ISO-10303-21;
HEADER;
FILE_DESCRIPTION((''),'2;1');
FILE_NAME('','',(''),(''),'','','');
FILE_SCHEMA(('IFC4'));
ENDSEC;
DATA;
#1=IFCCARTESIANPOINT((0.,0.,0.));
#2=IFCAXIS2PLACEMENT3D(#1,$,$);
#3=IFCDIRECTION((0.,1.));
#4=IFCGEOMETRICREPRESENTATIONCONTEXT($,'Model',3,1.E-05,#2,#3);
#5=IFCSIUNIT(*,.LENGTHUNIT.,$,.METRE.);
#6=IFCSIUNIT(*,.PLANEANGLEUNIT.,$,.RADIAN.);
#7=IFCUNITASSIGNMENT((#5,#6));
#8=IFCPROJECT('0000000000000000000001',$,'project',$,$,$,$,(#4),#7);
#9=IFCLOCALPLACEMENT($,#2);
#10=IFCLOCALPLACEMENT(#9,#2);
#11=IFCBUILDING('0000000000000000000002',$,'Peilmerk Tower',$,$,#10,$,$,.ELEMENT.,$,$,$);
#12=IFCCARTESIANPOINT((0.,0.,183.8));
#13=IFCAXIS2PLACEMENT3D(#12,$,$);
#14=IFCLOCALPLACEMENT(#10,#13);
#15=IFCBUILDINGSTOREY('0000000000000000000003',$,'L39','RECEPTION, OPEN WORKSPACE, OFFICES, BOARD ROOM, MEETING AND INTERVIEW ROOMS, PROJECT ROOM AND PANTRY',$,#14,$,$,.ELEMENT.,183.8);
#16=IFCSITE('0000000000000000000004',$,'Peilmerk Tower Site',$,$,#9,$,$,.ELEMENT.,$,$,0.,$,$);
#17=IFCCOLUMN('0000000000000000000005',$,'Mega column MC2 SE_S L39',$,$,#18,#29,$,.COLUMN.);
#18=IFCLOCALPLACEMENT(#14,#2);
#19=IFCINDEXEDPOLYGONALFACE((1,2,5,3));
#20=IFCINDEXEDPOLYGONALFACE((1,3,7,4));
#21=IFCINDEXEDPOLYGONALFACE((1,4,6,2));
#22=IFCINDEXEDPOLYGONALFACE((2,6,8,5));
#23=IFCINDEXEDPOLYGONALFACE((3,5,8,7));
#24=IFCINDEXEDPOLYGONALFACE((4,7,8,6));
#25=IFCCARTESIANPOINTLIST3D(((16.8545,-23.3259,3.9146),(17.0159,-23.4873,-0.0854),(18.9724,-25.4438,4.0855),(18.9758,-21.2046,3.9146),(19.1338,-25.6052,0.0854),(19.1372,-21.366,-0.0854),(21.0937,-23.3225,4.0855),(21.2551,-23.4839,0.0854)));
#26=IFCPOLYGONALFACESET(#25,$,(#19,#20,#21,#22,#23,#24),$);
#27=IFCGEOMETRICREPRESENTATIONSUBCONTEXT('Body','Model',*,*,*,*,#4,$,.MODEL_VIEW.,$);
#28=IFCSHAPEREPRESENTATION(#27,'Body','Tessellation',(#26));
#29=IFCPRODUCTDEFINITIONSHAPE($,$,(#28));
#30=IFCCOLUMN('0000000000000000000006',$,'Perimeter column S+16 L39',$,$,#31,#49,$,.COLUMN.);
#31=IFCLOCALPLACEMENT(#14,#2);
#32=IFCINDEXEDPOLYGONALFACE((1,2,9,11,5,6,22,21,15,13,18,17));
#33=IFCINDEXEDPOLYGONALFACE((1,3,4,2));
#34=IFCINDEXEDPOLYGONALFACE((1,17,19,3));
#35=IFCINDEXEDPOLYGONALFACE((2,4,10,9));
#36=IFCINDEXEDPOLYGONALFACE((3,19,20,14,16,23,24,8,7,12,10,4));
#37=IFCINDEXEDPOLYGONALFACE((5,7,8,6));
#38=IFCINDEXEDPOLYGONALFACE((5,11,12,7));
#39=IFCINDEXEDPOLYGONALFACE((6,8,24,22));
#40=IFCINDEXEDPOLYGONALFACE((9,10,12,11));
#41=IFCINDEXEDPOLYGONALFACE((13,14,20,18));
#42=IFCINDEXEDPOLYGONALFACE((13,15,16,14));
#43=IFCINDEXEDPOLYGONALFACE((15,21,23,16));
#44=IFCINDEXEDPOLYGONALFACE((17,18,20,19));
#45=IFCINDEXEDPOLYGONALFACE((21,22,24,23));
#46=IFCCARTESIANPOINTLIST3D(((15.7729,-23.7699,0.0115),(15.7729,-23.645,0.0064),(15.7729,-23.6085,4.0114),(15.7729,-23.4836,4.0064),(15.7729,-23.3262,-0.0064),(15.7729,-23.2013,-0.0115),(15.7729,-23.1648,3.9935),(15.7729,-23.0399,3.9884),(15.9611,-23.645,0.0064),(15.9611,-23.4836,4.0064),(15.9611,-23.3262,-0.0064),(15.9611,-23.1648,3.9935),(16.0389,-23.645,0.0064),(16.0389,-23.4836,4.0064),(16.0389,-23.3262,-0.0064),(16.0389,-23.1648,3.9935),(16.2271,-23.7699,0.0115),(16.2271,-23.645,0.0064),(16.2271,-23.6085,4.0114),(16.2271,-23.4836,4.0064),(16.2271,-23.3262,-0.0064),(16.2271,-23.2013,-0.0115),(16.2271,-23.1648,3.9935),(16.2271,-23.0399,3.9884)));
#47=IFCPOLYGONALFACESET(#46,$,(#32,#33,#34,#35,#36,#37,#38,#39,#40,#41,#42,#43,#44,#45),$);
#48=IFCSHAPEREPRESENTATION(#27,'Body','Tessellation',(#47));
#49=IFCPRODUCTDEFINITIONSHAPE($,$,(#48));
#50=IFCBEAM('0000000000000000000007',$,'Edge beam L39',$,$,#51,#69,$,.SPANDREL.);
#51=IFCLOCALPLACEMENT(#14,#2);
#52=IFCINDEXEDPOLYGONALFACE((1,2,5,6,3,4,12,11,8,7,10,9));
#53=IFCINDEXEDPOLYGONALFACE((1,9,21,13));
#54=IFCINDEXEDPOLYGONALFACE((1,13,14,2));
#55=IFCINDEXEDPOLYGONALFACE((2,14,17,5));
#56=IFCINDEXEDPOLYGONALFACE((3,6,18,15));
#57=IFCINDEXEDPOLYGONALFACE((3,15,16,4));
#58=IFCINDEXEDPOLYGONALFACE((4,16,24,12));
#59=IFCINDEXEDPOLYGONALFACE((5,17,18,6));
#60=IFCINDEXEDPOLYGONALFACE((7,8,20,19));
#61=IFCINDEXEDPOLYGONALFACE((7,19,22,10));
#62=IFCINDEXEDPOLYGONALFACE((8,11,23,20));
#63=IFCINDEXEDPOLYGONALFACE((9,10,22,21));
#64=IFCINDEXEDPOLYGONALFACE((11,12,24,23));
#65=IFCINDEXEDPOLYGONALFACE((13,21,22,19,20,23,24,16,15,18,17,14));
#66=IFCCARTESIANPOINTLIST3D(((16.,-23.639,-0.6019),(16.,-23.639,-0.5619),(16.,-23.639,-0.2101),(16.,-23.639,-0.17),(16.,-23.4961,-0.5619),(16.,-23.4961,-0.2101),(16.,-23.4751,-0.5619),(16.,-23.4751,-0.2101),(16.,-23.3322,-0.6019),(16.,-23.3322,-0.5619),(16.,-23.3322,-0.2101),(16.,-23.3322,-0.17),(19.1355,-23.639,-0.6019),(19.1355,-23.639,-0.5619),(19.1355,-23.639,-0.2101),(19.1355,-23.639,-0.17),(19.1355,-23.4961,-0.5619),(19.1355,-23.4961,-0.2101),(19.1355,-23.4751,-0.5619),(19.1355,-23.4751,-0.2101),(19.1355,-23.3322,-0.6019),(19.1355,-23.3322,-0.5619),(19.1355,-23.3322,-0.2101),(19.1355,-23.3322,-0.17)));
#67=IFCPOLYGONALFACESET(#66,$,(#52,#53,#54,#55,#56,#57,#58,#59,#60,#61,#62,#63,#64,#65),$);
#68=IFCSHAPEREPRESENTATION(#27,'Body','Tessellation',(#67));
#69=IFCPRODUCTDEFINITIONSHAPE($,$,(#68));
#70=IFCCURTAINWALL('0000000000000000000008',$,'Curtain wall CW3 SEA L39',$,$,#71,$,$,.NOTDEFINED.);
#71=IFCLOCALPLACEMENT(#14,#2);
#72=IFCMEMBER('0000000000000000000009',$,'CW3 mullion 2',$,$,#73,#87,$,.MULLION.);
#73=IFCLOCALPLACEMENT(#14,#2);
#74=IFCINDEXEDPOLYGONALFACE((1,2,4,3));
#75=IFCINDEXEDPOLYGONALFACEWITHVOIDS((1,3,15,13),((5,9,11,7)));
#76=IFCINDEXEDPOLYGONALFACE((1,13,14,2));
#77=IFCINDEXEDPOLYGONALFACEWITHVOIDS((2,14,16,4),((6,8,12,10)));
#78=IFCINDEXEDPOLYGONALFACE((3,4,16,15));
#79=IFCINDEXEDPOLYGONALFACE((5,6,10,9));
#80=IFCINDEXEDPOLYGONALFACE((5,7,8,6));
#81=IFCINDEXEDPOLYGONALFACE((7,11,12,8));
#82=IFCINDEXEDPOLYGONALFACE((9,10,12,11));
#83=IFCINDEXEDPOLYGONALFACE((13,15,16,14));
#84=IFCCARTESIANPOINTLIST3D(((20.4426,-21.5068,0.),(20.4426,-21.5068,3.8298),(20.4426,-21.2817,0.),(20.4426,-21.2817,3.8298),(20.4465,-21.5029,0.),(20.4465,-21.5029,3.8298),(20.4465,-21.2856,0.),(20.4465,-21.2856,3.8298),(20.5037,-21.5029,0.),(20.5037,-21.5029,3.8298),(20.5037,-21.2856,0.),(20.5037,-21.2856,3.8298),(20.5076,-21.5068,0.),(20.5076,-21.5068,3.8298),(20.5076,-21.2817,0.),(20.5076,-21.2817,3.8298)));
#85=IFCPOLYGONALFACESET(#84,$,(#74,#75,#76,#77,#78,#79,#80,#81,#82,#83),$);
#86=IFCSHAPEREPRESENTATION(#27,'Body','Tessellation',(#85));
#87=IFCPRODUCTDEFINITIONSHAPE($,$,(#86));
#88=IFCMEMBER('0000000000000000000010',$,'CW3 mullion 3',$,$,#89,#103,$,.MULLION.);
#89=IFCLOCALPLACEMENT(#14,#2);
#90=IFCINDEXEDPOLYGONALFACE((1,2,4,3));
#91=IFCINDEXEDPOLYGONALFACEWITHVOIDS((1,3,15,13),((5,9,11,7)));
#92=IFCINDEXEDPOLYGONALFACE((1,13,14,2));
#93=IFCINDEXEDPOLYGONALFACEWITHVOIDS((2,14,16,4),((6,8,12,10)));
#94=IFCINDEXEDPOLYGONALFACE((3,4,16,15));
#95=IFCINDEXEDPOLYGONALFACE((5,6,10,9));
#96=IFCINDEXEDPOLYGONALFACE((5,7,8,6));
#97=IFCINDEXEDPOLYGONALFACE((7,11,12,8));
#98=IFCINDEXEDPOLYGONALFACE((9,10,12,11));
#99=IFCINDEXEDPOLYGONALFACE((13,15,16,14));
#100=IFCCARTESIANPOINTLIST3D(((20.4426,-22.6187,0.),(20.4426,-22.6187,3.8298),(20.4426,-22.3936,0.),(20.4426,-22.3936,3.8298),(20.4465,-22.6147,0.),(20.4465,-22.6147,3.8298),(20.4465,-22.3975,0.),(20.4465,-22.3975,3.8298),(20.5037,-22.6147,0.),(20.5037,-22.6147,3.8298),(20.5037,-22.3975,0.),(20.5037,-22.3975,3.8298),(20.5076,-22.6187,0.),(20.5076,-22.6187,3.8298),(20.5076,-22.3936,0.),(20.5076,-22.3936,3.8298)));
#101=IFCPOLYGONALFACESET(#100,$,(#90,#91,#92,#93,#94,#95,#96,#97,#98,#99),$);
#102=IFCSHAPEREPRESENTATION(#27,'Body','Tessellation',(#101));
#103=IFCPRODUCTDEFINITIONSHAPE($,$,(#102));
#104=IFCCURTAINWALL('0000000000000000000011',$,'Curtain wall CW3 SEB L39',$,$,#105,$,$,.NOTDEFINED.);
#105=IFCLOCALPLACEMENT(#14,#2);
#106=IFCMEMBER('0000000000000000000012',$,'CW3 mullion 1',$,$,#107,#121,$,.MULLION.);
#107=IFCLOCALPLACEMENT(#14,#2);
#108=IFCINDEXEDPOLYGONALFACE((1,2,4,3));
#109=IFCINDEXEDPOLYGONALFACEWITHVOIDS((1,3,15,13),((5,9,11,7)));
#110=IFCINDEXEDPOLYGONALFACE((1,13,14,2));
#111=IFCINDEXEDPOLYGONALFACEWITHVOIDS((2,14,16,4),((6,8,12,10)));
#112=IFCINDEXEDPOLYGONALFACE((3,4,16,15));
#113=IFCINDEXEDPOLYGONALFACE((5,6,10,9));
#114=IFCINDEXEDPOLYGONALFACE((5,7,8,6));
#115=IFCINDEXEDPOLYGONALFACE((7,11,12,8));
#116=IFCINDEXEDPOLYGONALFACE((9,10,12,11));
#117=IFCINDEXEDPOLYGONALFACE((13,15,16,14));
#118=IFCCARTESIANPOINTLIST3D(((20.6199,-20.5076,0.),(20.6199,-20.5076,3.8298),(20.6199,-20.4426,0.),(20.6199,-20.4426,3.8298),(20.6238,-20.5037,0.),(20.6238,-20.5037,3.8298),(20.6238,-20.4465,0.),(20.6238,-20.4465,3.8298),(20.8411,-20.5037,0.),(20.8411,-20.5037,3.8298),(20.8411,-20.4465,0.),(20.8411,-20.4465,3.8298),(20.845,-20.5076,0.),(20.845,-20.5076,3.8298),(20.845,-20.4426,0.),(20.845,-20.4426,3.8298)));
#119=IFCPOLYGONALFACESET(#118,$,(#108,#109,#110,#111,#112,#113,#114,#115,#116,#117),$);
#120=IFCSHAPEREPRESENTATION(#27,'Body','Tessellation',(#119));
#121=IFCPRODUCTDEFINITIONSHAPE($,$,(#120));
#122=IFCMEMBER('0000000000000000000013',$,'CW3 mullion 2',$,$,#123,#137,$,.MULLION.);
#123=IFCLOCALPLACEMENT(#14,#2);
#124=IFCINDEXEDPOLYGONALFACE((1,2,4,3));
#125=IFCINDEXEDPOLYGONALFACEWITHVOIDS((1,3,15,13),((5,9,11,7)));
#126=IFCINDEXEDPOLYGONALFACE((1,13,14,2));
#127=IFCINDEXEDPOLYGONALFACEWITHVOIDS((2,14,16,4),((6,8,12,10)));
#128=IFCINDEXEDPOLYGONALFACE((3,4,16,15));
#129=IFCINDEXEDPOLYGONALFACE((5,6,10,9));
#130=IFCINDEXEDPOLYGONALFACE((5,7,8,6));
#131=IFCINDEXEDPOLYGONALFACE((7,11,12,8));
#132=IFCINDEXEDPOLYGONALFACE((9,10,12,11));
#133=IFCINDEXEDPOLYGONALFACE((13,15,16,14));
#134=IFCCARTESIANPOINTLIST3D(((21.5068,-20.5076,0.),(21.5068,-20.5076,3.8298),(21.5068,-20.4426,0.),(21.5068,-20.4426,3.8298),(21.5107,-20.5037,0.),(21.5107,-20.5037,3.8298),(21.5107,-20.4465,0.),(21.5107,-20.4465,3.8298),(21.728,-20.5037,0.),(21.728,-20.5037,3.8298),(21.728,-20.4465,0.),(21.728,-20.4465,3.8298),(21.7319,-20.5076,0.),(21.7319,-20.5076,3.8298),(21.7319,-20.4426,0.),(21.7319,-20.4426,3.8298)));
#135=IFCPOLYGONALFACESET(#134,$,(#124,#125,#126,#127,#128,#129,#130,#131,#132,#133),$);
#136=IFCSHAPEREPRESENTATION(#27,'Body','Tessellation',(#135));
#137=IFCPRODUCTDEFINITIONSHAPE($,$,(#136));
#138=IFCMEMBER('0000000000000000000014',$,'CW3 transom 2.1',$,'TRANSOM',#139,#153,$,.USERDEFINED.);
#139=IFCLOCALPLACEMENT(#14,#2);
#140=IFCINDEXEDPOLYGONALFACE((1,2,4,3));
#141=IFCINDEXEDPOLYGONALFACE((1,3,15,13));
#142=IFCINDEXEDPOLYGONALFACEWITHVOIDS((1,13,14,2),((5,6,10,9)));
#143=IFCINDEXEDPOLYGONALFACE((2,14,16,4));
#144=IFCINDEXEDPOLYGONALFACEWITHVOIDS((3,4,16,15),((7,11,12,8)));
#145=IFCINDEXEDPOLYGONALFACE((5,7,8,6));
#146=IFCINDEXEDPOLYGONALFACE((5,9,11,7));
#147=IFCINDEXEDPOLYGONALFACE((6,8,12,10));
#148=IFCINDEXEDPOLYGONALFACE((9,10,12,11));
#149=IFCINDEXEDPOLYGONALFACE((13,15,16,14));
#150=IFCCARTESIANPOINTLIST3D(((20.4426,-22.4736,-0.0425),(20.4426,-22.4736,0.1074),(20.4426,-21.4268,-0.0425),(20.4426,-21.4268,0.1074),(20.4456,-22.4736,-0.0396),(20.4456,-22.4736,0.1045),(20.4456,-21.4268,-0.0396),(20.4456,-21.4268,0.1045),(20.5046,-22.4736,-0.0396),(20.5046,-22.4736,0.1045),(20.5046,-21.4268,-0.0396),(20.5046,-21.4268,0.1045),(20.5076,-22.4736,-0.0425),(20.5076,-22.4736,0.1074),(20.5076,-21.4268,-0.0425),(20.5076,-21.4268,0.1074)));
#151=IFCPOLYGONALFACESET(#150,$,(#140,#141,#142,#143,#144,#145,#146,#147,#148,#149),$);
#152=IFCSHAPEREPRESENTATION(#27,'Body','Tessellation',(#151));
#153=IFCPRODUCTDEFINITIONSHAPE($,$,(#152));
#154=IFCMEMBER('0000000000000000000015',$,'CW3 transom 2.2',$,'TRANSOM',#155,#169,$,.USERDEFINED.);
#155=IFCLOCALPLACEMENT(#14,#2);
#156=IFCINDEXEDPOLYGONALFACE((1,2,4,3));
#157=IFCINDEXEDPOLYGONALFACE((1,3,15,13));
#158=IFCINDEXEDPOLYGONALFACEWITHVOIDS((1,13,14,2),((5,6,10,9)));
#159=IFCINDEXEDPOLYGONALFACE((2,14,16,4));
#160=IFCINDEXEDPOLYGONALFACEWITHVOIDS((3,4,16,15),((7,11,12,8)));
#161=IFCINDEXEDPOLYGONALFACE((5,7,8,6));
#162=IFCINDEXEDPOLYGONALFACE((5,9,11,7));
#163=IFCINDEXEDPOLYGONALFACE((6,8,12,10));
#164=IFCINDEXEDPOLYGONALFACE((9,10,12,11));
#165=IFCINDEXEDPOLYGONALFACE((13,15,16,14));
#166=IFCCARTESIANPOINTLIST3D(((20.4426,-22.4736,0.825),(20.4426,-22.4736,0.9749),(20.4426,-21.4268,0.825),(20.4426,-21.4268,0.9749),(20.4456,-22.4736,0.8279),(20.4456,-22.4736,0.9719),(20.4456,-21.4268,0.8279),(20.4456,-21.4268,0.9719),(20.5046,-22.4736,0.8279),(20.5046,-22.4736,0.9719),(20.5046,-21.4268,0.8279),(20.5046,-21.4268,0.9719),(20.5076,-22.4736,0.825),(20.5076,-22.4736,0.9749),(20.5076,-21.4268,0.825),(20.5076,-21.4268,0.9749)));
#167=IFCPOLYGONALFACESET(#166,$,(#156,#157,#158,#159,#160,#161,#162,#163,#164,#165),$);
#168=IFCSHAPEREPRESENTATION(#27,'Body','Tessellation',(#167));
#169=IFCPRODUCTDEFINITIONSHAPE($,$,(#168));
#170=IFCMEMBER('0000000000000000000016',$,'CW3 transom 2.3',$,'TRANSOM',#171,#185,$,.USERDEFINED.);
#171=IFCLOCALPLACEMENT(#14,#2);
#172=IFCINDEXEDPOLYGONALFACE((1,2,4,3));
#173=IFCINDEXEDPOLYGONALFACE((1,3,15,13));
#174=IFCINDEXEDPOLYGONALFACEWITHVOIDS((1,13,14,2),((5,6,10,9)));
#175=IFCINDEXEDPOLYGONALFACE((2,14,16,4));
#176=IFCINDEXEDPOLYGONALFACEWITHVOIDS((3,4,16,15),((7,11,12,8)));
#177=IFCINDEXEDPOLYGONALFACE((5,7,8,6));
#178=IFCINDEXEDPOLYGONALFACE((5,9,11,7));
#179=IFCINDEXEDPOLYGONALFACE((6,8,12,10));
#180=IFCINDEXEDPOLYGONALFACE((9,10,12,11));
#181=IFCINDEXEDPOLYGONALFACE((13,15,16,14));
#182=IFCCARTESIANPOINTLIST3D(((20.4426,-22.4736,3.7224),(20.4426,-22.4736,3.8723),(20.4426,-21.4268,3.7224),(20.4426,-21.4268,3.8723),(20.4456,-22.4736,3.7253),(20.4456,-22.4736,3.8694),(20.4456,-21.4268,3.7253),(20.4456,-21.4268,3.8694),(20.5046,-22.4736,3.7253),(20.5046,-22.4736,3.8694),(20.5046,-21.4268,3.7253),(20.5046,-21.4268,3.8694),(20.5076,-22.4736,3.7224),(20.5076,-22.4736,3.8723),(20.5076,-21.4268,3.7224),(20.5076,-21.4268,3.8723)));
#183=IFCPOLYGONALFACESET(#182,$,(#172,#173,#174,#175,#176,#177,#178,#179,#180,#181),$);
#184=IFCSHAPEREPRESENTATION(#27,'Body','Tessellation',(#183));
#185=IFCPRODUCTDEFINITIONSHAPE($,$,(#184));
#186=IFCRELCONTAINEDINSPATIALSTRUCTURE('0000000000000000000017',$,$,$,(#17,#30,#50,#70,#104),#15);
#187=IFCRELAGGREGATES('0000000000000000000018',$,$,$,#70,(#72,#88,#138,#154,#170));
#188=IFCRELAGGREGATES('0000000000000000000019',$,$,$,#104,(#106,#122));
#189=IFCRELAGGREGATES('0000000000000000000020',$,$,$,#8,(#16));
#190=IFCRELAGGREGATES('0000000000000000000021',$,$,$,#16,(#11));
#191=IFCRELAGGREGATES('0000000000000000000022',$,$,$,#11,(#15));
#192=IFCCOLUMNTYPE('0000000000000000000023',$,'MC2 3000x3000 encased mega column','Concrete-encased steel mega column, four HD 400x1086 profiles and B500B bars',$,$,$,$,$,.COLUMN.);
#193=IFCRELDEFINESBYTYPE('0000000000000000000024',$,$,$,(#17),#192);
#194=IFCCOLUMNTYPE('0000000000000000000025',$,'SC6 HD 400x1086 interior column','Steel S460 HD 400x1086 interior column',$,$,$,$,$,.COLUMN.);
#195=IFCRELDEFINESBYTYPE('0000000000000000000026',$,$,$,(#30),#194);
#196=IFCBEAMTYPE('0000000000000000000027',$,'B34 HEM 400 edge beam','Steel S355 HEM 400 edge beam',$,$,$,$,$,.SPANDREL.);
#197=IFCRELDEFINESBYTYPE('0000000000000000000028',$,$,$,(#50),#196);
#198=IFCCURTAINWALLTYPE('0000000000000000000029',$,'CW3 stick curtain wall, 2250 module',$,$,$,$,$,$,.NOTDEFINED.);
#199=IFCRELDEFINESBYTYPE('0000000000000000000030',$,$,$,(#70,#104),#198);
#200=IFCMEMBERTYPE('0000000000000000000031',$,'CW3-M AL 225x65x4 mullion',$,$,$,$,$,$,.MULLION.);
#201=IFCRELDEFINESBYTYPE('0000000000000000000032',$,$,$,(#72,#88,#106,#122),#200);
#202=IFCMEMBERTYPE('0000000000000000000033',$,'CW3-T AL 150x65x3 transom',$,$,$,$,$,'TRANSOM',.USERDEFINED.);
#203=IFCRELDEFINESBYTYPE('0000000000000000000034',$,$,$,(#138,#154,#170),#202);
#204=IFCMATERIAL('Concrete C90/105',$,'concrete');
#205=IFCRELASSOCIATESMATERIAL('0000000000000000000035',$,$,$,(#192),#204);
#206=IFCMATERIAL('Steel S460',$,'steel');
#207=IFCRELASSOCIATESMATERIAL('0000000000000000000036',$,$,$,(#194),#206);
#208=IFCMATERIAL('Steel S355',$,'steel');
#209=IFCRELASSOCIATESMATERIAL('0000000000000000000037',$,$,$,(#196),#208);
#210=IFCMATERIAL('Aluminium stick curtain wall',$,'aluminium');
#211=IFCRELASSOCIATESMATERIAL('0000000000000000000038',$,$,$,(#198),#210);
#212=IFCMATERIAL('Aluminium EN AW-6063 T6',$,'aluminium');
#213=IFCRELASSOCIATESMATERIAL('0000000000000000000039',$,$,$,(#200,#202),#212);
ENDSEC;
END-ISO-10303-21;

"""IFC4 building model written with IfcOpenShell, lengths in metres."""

from ifc_helpers import new_model, si_unit, direction, frame, origin, origin_2d, place, context, subcontext, project, spatial, rectangle, hollow_rectangle, i_section, extrude, material, material_profile, profile_set, type_object, element, aggregate, save


model = new_model("IFC4")

# Units and contexts
model_context = context("Model", 3, precision=1e-05, world=origin(), true_north=direction((0.0, 1.0)))
body_context = subcontext(model_context, "Body", "Model", "MODEL_VIEW")
ifc_project = project(units=[si_unit("LENGTHUNIT", "METRE"), si_unit("PLANEANGLEUNIT", "RADIAN")], contexts=[model_context])

# Site, building, storey
site_placement = place(None, origin())
site = spatial("IfcSite", under=ifc_project, at=site_placement, Name="Peilmerk Tower Site", CompositionType="ELEMENT", RefElevation=0.0)
building_placement = place(site_placement, origin())
building = spatial("IfcBuilding", under=site, at=building_placement, Name="Peilmerk Tower", CompositionType="ELEMENT")
storey_placement = place(building_placement, frame((0.0, 0.0, 183.8)))
storey = spatial("IfcBuildingStorey", under=building, at=storey_placement, Name="L39", Description="RECEPTION, OPEN WORKSPACE, OFFICES, BOARD ROOM, MEETING AND INTERVIEW ROOMS, PROJECT ROOM AND PANTRY", CompositionType="ELEMENT", Elevation=183.8)

# Columns
ifc_material_1 = material(Name="Concrete C90/105", Category="concrete")
ifc_material_profile_1 = material_profile(ifc_material_1, rectangle(XDim=3.0, YDim=3.0, at=origin_2d()), Name="RC 3000x3000")
ifc_profile_set_1 = profile_set([ifc_material_profile_1], Name="Concrete C90/105")
column_type_1 = type_object("IfcColumnType", Name="MC2 3000x3000 encased mega column", Description="Concrete-encased steel mega column, four HD 400x1086 profiles and B500B bars", PredefinedType="COLUMN", material=ifc_profile_set_1)
column_1_placement = place(storey_placement, frame((19.1355, -23.4856, 0.0), z_axis=(-0.040279, 0.040279, 0.998376), x_axis=(-0.707107, -0.707107, 0.0)))
element("IfcColumn", 1, at=column_1_placement, inside=storey, type_object=column_type_1, Name="Mega column MC2 SE_S L39", PredefinedType="COLUMN", context=body_context, shape_type="SweptSolid", body=[
    extrude(rectangle(XDim=3.0, YDim=3.0, at=origin_2d()), origin(), (0.0, 0.0, 1.0), 4.0066),
])
ifc_material_2 = material(Name="Steel S460", Category="steel")
ifc_material_profile_2 = material_profile(ifc_material_2, i_section(OverallWidth=0.4541, OverallDepth=0.5691, WebThickness=0.0779, FlangeThickness=0.125, at=origin_2d()), Name="HD 400x1086")
ifc_profile_set_2 = profile_set([ifc_material_profile_2], Name="Steel S460")
column_type_2 = type_object("IfcColumnType", Name="SC6 HD 400x1086 interior column", Description="Steel S460 HD 400x1086 interior column", PredefinedType="COLUMN", material=ifc_profile_set_2)
column_2_placement = place(storey_placement, frame((16.0, -23.4856, 0.0), z_axis=(0.0, 0.040311, 0.999187), x_axis=(-1.0, 0.0, 0.0)))
element("IfcColumn", 2, at=column_2_placement, inside=storey, type_object=column_type_2, Name="Perimeter column S+16 L39", PredefinedType="COLUMN", context=body_context, shape_type="SweptSolid", body=[
    extrude(i_section(OverallWidth=0.4541, OverallDepth=0.5691, WebThickness=0.0779, FlangeThickness=0.125, at=origin_2d()), origin(), (0.0, 0.0, 1.0), 4.0032),
])

# Beam
ifc_material_3 = material(Name="Steel S355", Category="steel")
ifc_material_profile_3 = material_profile(ifc_material_3, i_section(OverallWidth=0.3069, OverallDepth=0.4319, WebThickness=0.021, FlangeThickness=0.04, at=origin_2d()), Name="HEM 400")
ifc_profile_set_3 = profile_set([ifc_material_profile_3], Name="Steel S355")
beam_type = type_object("IfcBeamType", Name="B34 HEM 400 edge beam", Description="Steel S355 HEM 400 edge beam", PredefinedType="SPANDREL", material=ifc_profile_set_3)
beam_placement = place(storey_placement, frame((16.0, -23.4856, -0.386), z_axis=(1.0, 0.0, 0.0), x_axis=(0.0, 1.0, 0.0)))
element("IfcBeam", 3, at=beam_placement, inside=storey, type_object=beam_type, Name="Edge beam L39", PredefinedType="SPANDREL", context=body_context, shape_type="SweptSolid", body=[
    extrude(i_section(OverallWidth=0.3069, OverallDepth=0.4319, WebThickness=0.021, FlangeThickness=0.04, at=origin_2d()), origin(), (0.0, 0.0, 1.0), 3.1355),
])

# Curtain walls, members
ifc_material_4 = material(Name="Aluminium stick curtain wall", Category="aluminium")
curtain_wall_type = type_object("IfcCurtainWallType", Name="CW3 stick curtain wall, 2250 module", PredefinedType="NOTDEFINED", material=ifc_material_4)
curtain_wall_1_placement = place(storey_placement, origin())
curtain_wall_1 = element("IfcCurtainWall", 4, at=curtain_wall_1_placement, inside=storey, type_object=curtain_wall_type, Name="Curtain wall CW3 SEA L39", PredefinedType="NOTDEFINED")
ifc_material_5 = material(Name="Aluminium EN AW-6063 T6", Category="aluminium")
ifc_material_profile_4 = material_profile(ifc_material_5, hollow_rectangle(XDim=0.0649, YDim=0.2251, WallThickness=0.0039, at=origin_2d()), Name="AL 225x65x4")
ifc_profile_set_4 = profile_set([ifc_material_profile_4], Name="Aluminium EN AW-6063 T6")
member_type_1 = type_object("IfcMemberType", Name="CW3-M AL 225x65x4 mullion", PredefinedType="MULLION", material=ifc_profile_set_4)
member_1_placement = place(storey_placement, frame((20.4751, -21.3943, 0.0), z_axis=(0.0, 0.0, 1.0), x_axis=(1.0, 0.0, 0.0)))
member_1 = element("IfcMember", 5, at=member_1_placement, type_object=member_type_1, Name="CW3 mullion 2", PredefinedType="MULLION", context=body_context, shape_type="SweptSolid", body=[
    extrude(hollow_rectangle(XDim=0.0649, YDim=0.2251, WallThickness=0.0039, at=origin_2d()), origin(), (0.0, 0.0, 1.0), 3.8298),
])
member_2_placement = place(storey_placement, frame((20.4751, -22.5061, 0.0), z_axis=(0.0, 0.0, 1.0), x_axis=(1.0, 0.0, 0.0)))
member_2 = element("IfcMember", 6, at=member_2_placement, type_object=member_type_1, Name="CW3 mullion 3", PredefinedType="MULLION", context=body_context, shape_type="SweptSolid", body=[
    extrude(hollow_rectangle(XDim=0.0649, YDim=0.2251, WallThickness=0.0039, at=origin_2d()), origin(), (0.0, 0.0, 1.0), 3.8298),
])
curtain_wall_2_placement = place(storey_placement, origin())
curtain_wall_2 = element("IfcCurtainWall", 7, at=curtain_wall_2_placement, inside=storey, type_object=curtain_wall_type, Name="Curtain wall CW3 SEB L39", PredefinedType="NOTDEFINED")
member_3_placement = place(storey_placement, frame((20.7324, -20.4751, 0.0), z_axis=(0.0, 0.0, 1.0), x_axis=(0.0, 1.0, 0.0)))
member_3 = element("IfcMember", 8, at=member_3_placement, type_object=member_type_1, Name="CW3 mullion 1", PredefinedType="MULLION", context=body_context, shape_type="SweptSolid", body=[
    extrude(hollow_rectangle(XDim=0.0649, YDim=0.2251, WallThickness=0.0039, at=origin_2d()), origin(), (0.0, 0.0, 1.0), 3.8298),
])
member_4_placement = place(storey_placement, frame((21.6194, -20.4751, 0.0), z_axis=(0.0, 0.0, 1.0), x_axis=(0.0, 1.0, 0.0)))
member_4 = element("IfcMember", 9, at=member_4_placement, type_object=member_type_1, Name="CW3 mullion 2", PredefinedType="MULLION", context=body_context, shape_type="SweptSolid", body=[
    extrude(hollow_rectangle(XDim=0.0649, YDim=0.2251, WallThickness=0.0039, at=origin_2d()), origin(), (0.0, 0.0, 1.0), 3.8298),
])

# Members
ifc_material_profile_5 = material_profile(ifc_material_5, hollow_rectangle(XDim=0.0649, YDim=0.1499, WallThickness=0.0029, at=origin_2d()), Name="AL 150x65x3")
ifc_profile_set_5 = profile_set([ifc_material_profile_5], Name="Aluminium EN AW-6063 T6")
member_type_2 = type_object("IfcMemberType", Name="CW3-T AL 150x65x3 transom", ElementType="TRANSOM", PredefinedType="USERDEFINED", material=ifc_profile_set_5)
member_5_placement = place(storey_placement, frame((20.4751, -21.4268, 0.0325), z_axis=(0.0, -1.0, 0.0), x_axis=(1.0, 0.0, 0.0)))
member_5 = element("IfcMember", 10, at=member_5_placement, type_object=member_type_2, Name="CW3 transom 2.1", ObjectType="TRANSOM", PredefinedType="USERDEFINED", context=body_context, shape_type="SweptSolid", body=[
    extrude(hollow_rectangle(XDim=0.0649, YDim=0.1499, WallThickness=0.0029, at=origin_2d()), origin(), (0.0, 0.0, 1.0), 1.0469),
])
member_6_placement = place(storey_placement, frame((20.4751, -21.4268, 0.8999), z_axis=(0.0, -1.0, 0.0), x_axis=(1.0, 0.0, 0.0)))
member_6 = element("IfcMember", 11, at=member_6_placement, type_object=member_type_2, Name="CW3 transom 2.2", ObjectType="TRANSOM", PredefinedType="USERDEFINED", context=body_context, shape_type="SweptSolid", body=[
    extrude(hollow_rectangle(XDim=0.0649, YDim=0.1499, WallThickness=0.0029, at=origin_2d()), origin(), (0.0, 0.0, 1.0), 1.0469),
])
member_7_placement = place(storey_placement, frame((20.4751, -21.4268, 3.7974), z_axis=(0.0, -1.0, 0.0), x_axis=(1.0, 0.0, 0.0)))
member_7 = element("IfcMember", 12, at=member_7_placement, type_object=member_type_2, Name="CW3 transom 2.3", ObjectType="TRANSOM", PredefinedType="USERDEFINED", context=body_context, shape_type="SweptSolid", body=[
    extrude(hollow_rectangle(XDim=0.0649, YDim=0.1499, WallThickness=0.0029, at=origin_2d()), origin(), (0.0, 0.0, 1.0), 1.0469),
])

aggregate(curtain_wall_1, [member_1, member_2, member_5, member_6, member_7])
aggregate(curtain_wall_2, [member_3, member_4])

save(model, "model.ifc")
